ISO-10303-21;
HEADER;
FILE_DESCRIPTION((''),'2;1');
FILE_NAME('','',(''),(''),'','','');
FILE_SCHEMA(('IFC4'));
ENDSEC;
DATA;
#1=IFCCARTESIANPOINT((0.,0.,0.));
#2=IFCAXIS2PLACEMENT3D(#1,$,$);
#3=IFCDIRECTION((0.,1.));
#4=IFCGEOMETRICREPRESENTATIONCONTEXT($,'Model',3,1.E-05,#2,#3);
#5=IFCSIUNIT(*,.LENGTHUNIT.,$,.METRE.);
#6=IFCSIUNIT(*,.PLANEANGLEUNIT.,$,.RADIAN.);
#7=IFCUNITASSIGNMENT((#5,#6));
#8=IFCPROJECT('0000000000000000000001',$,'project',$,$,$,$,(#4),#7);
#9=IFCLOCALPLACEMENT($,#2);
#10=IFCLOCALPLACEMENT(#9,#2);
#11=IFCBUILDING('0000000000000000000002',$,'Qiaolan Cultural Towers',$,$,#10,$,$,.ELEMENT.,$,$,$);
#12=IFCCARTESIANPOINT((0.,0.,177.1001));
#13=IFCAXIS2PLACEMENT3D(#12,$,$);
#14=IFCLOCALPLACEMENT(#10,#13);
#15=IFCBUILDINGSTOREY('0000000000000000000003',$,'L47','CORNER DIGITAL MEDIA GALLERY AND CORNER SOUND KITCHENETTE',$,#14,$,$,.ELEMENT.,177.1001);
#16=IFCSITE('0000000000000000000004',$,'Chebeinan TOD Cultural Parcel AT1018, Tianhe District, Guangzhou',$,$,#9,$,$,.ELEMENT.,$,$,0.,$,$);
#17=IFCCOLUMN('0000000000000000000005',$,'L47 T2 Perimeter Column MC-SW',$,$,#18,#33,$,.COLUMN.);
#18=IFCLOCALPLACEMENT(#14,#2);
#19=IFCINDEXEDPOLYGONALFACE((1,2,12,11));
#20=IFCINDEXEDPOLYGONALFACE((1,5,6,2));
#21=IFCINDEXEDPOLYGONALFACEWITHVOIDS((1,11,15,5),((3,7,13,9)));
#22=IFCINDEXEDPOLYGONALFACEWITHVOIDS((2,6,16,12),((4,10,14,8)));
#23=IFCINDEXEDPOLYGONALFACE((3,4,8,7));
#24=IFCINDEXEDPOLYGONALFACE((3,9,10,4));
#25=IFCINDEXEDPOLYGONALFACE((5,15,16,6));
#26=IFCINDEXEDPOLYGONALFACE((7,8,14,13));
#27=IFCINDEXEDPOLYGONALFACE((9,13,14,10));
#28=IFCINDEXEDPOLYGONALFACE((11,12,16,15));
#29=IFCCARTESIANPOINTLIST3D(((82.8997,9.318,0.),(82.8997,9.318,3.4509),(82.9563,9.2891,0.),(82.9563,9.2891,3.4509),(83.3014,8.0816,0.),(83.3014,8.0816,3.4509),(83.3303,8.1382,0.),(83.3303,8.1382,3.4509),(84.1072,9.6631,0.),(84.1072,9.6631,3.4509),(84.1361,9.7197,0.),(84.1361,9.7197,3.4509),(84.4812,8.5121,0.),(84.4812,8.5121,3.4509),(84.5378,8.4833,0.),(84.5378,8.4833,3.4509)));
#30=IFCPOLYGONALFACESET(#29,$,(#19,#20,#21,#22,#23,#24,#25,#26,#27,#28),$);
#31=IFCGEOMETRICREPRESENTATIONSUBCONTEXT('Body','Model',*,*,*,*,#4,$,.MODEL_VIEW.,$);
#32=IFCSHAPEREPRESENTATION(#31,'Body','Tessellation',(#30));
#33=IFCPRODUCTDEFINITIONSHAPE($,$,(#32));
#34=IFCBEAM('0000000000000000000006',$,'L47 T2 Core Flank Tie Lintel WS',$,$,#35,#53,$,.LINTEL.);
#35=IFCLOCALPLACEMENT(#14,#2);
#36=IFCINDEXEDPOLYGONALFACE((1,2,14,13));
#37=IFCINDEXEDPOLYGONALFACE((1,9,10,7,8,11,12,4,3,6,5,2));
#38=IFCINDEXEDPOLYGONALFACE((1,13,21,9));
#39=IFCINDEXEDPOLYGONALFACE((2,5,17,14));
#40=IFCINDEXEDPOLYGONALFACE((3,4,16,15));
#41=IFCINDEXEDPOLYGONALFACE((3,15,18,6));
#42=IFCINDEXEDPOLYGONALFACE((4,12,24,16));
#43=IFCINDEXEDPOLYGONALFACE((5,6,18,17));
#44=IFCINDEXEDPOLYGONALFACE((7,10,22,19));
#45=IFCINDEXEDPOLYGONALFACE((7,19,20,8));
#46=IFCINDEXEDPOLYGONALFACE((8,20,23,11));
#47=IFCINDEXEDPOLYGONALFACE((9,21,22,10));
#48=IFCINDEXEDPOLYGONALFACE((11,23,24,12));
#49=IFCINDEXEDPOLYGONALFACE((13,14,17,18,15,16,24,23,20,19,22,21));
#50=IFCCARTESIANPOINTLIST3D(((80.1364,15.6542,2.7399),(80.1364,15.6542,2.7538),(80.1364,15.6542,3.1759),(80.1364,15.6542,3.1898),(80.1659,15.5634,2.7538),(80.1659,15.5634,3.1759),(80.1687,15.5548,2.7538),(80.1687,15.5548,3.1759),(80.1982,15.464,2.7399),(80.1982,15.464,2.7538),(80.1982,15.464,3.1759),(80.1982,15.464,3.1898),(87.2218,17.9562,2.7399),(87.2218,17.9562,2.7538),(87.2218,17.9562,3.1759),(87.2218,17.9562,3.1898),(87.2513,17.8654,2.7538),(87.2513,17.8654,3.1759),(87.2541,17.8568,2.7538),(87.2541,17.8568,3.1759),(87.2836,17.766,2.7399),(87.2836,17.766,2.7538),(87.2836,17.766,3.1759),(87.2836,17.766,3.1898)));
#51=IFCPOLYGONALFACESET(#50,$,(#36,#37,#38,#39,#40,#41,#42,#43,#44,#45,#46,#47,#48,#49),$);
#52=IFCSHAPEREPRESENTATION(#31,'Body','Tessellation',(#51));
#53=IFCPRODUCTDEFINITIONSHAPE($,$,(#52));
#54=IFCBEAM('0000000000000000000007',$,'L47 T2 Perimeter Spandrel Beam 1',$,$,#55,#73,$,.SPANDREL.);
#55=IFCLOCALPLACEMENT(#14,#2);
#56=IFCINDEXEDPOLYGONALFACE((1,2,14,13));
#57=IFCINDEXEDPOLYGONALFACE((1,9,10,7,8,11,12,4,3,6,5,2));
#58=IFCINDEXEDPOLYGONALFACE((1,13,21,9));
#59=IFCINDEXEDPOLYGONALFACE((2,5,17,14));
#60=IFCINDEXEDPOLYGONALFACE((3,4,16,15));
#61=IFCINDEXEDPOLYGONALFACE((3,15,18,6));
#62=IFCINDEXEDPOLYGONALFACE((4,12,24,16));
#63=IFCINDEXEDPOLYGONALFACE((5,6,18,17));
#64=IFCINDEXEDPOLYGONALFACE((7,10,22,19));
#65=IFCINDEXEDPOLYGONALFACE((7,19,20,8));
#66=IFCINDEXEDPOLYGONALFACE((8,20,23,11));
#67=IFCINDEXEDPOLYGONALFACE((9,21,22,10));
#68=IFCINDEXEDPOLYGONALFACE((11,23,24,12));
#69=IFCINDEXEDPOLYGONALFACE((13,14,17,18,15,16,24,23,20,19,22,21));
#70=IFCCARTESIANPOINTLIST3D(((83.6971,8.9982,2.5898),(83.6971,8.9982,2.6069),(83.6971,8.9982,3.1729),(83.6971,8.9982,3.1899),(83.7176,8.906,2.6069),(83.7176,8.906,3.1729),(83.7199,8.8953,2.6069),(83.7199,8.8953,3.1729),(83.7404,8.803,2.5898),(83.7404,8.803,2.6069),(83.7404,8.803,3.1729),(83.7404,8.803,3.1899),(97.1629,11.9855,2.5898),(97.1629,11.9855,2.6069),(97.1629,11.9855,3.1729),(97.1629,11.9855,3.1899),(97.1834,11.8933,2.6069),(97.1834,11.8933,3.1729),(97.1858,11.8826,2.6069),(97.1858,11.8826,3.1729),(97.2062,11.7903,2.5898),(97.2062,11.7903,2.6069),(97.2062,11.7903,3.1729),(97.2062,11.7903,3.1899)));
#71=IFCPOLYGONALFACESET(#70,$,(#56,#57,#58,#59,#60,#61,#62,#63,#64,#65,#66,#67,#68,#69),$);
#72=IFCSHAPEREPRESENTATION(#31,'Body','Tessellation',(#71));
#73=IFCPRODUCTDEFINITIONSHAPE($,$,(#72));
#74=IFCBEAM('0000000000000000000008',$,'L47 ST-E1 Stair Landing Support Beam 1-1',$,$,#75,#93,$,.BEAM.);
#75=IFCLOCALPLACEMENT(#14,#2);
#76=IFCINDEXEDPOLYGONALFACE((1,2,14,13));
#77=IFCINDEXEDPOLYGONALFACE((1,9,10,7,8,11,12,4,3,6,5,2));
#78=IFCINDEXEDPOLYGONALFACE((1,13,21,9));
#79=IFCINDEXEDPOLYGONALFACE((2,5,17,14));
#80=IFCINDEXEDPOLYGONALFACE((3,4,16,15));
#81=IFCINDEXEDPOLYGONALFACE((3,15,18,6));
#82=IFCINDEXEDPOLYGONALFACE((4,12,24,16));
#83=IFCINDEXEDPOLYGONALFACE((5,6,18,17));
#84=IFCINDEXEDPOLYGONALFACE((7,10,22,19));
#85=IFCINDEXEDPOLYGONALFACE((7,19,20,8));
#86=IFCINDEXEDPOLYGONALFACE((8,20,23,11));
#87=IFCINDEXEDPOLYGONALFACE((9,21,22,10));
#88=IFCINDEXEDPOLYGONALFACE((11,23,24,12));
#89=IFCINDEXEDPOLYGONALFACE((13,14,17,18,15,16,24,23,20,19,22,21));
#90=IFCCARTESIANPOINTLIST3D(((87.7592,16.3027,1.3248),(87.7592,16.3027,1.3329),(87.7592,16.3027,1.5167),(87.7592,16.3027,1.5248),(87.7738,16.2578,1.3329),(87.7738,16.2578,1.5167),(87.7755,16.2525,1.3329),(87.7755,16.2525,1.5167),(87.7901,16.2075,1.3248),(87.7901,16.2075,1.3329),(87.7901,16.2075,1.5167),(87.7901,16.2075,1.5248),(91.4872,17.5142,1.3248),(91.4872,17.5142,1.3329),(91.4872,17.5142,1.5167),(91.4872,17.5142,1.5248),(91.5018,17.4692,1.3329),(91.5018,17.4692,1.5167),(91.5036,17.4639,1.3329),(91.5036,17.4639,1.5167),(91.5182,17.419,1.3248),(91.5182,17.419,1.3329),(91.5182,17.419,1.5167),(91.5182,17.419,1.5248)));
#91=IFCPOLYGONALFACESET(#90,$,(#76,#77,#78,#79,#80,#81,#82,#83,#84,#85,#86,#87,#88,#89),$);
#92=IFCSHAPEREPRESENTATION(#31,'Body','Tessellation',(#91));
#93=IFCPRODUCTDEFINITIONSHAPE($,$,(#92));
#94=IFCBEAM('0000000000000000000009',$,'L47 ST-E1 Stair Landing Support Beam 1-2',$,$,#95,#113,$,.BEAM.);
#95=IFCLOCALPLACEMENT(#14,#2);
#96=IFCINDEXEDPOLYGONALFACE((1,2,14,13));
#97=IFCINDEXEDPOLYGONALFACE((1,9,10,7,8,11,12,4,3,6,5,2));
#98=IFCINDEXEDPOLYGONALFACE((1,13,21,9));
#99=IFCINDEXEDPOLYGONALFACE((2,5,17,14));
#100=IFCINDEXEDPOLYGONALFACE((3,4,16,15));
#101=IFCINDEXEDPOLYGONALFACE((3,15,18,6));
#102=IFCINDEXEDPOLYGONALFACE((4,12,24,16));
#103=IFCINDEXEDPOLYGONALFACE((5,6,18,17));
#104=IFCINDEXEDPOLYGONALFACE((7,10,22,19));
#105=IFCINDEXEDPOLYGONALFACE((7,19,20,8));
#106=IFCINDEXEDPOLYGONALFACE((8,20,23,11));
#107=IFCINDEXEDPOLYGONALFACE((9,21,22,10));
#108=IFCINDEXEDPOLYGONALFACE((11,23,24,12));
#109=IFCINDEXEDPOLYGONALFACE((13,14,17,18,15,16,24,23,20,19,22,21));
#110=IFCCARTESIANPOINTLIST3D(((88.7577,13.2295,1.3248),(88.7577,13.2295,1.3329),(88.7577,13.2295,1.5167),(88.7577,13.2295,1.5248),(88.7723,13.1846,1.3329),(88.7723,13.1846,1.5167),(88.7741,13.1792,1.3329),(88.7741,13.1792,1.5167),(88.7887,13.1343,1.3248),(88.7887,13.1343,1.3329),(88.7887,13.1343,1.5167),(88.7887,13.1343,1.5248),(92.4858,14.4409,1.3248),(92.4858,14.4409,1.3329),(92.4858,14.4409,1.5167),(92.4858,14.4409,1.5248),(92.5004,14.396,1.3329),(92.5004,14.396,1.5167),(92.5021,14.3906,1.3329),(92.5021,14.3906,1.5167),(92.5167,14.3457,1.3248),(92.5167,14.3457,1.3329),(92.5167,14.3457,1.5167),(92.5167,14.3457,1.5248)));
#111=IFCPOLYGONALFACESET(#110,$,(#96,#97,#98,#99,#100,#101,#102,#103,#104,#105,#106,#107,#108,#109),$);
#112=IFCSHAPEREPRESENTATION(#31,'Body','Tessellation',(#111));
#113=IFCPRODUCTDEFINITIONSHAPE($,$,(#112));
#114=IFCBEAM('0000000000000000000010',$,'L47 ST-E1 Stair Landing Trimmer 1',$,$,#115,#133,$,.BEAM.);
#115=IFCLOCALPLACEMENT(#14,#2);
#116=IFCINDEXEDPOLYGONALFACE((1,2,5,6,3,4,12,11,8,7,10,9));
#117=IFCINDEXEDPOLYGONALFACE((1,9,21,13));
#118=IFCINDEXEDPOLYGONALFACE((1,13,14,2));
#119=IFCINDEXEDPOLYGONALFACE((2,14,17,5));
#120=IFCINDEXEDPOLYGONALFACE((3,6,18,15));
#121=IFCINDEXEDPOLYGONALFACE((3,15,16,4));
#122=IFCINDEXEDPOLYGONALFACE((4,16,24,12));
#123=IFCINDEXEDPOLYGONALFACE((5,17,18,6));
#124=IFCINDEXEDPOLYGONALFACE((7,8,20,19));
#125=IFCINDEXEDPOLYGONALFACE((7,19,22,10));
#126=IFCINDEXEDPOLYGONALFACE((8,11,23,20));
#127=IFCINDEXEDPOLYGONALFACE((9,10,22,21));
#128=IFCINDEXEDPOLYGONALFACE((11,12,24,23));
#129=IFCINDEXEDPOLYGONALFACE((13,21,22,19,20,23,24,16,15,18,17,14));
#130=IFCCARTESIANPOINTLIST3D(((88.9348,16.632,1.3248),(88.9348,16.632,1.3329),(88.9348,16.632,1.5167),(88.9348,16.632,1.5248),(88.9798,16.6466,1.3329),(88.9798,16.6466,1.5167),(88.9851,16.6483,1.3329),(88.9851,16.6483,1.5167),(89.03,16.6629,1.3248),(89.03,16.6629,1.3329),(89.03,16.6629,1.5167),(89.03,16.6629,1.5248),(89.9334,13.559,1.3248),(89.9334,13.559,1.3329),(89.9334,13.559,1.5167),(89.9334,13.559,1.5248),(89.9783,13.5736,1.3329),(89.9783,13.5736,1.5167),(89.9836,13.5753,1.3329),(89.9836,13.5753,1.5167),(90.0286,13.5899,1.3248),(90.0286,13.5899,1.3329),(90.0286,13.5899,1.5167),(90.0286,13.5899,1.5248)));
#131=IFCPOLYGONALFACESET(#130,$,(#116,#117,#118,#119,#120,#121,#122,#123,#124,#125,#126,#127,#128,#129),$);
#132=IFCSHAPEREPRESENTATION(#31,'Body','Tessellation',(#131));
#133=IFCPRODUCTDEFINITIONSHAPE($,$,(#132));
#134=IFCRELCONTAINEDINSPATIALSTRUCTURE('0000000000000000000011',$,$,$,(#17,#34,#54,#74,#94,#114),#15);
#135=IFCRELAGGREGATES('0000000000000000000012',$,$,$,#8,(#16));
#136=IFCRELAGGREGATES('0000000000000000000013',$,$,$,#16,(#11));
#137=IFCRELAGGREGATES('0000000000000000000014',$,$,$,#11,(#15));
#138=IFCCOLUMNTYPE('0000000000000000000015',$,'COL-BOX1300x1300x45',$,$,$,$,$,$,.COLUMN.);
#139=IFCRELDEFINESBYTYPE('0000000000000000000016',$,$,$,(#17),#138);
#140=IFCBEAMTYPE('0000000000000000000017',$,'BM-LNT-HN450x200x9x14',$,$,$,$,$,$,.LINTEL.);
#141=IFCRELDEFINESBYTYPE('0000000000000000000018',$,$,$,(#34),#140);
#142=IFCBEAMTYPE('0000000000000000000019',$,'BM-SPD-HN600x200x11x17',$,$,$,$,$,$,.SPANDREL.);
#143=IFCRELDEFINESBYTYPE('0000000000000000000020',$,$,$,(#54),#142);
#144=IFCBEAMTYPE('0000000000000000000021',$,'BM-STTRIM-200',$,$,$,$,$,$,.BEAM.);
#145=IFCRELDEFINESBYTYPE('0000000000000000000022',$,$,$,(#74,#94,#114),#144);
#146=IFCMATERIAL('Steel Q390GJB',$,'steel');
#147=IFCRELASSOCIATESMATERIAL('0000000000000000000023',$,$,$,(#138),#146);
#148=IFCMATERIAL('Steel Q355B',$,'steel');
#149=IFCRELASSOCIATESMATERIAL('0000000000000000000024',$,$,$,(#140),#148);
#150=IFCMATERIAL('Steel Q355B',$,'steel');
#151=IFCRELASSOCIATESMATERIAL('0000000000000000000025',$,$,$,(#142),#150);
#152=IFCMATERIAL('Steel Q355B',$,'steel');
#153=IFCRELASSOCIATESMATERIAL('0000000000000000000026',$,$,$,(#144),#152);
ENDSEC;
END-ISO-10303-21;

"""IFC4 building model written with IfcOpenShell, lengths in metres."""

from ifc_helpers import new_model, si_unit, direction, frame, origin, origin_2d, place, context, subcontext, project, spatial, hollow_rectangle, i_section, extrude, material, material_profile, profile_set, type_object, element, save


model = new_model("IFC4")

# Units and contexts
model_context = context("Model", 3, precision=1e-05, world=origin(), true_north=direction((0.0, 1.0)))
body_context = subcontext(model_context, "Body", "Model", "MODEL_VIEW")
ifc_project = project(units=[si_unit("LENGTHUNIT", "METRE"), si_unit("PLANEANGLEUNIT", "RADIAN")], contexts=[model_context])

# Site, building, storey
site_placement = place(None, origin())
site = spatial("IfcSite", under=ifc_project, at=site_placement, Name="Chebeinan TOD Cultural Parcel AT1018, Tianhe District, Guangzhou", CompositionType="ELEMENT", RefElevation=0.0)
building_placement = place(site_placement, origin())
building = spatial("IfcBuilding", under=site, at=building_placement, Name="Qiaolan Cultural Towers", CompositionType="ELEMENT")
storey_placement = place(building_placement, frame((0.0, 0.0, 177.1001)))
storey = spatial("IfcBuildingStorey", under=building, at=storey_placement, Name="L47", Description="CORNER DIGITAL MEDIA GALLERY AND CORNER SOUND KITCHENETTE", CompositionType="ELEMENT", Elevation=177.1001)

# Column
ifc_material_1 = material(Name="Steel Q390GJB", Category="steel")
ifc_material_profile_1 = material_profile(ifc_material_1, hollow_rectangle(XDim=1.3, YDim=1.3, WallThickness=0.0449, at=origin_2d()), Name="BOX1300x1300x45")
ifc_profile_set_1 = profile_set([ifc_material_profile_1], Name="Steel Q390GJB")
column_type = type_object("IfcColumnType", Name="COL-BOX1300x1300x45", PredefinedType="COLUMN", material=ifc_profile_set_1)
column_placement = place(storey_placement, frame((83.7188, 8.9006, 0.0), z_axis=(0.0, 0.0, 1.0), x_axis=(0.951057, 0.309017, 0.0)))
element("IfcColumn", 1, at=column_placement, inside=storey, type_object=column_type, Name="L47 T2 Perimeter Column MC-SW", PredefinedType="COLUMN", context=body_context, shape_type="SweptSolid", body=[
    extrude(hollow_rectangle(XDim=1.3, YDim=1.3, WallThickness=0.0449, at=origin_2d()), origin(), (0.0, 0.0, 1.0), 3.4509),
])

# Beams
ifc_material_2 = material(Name="Steel Q355B", Category="steel")
ifc_material_profile_2 = material_profile(ifc_material_2, i_section(OverallWidth=0.2, OverallDepth=0.45, WebThickness=0.009, FlangeThickness=0.0139, at=origin_2d()), Name="HN450x200x9x14")
ifc_profile_set_2 = profile_set([ifc_material_profile_2], Name="Steel Q355B")
beam_type_1 = type_object("IfcBeamType", Name="BM-LNT-HN450x200x9x14", PredefinedType="LINTEL", material=ifc_profile_set_2)
beam_1_placement = place(storey_placement, frame((87.2527, 17.8611, 2.9648), z_axis=(-0.951064, -0.308993, 0.0), x_axis=(0.308993, -0.951064, 0.0)))
element("IfcBeam", 2, at=beam_1_placement, inside=storey, type_object=beam_type_1, Name="L47 T2 Core Flank Tie Lintel WS", PredefinedType="LINTEL", context=body_context, shape_type="SweptSolid", body=[
    extrude(i_section(OverallWidth=0.2, OverallDepth=0.45, WebThickness=0.009, FlangeThickness=0.0139, at=origin_2d()), origin(), (0.0, 0.0, 1.0), 7.45),
])
ifc_material_3 = material(Name="Steel Q355B", Category="steel")
ifc_material_profile_3 = material_profile(ifc_material_3, i_section(OverallWidth=0.2, OverallDepth=0.6001, WebThickness=0.011, FlangeThickness=0.0171, at=origin_2d()), Name="HN600x200x11x17")
ifc_profile_set_3 = profile_set([ifc_material_profile_3], Name="Steel Q355B")
beam_type_2 = type_object("IfcBeamType", Name="BM-SPD-HN600x200x11x17", PredefinedType="SPANDREL", material=ifc_profile_set_3)
beam_2_placement = place(storey_placement, frame((83.7188, 8.9006, 2.8899), z_axis=(0.976265, 0.216578, 0.0), x_axis=(-0.216578, 0.976265, 0.0)))
element("IfcBeam", 3, at=beam_2_placement, inside=storey, type_object=beam_type_2, Name="L47 T2 Perimeter Spandrel Beam 1", PredefinedType="SPANDREL", context=body_context, shape_type="SweptSolid", body=[
    extrude(i_section(OverallWidth=0.2, OverallDepth=0.6001, WebThickness=0.011, FlangeThickness=0.0171, at=origin_2d()), origin(), (0.0, 0.0, 1.0), 13.7932),
])
ifc_material_4 = material(Name="Steel Q355B", Category="steel")
ifc_material_profile_4 = material_profile(ifc_material_4, i_section(OverallWidth=0.1001, OverallDepth=0.2, WebThickness=0.0056, FlangeThickness=0.0081, at=origin_2d()), Name="HN200x100x5.5x8")
ifc_profile_set_4 = profile_set([ifc_material_profile_4], Name="Steel Q355B")
beam_type_3 = type_object("IfcBeamType", Name="BM-STTRIM-200", PredefinedType="BEAM", material=ifc_profile_set_4)
for number, where, z_axis, x_axis, name in (
    (4, (87.7747, 16.2551, 1.4248), (0.951048, 0.309044, 0.0), (-0.309044, 0.951048, 0.0), "L47 ST-E1 Stair Landing Support Beam 1-1"),
    (5, (88.7732, 13.1819, 1.4248), (0.951048, 0.309044, 0.0), (-0.309044, 0.951048, 0.0), "L47 ST-E1 Stair Landing Support Beam 1-2"),
):
    element("IfcBeam", number, at=place(storey_placement, frame(where, z_axis=z_axis, x_axis=x_axis)), inside=storey, type_object=beam_type_3, Name=name, PredefinedType="BEAM", context=body_context, shape_type="SweptSolid", body=[
        extrude(i_section(OverallWidth=0.1001, OverallDepth=0.2, WebThickness=0.0056, FlangeThickness=0.0081, at=origin_2d()), origin(), (0.0, 0.0, 1.0), 3.9199),
    ])
beam_3_placement = place(storey_placement, frame((88.9824, 16.6475, 1.4248), z_axis=(0.309033, -0.951051, 0.0), x_axis=(0.951051, 0.309033, 0.0)))
element("IfcBeam", 6, at=beam_3_placement, inside=storey, type_object=beam_type_3, Name="L47 ST-E1 Stair Landing Trimmer 1", PredefinedType="BEAM", context=body_context, shape_type="SweptSolid", body=[
    extrude(i_section(OverallWidth=0.1001, OverallDepth=0.2, WebThickness=0.0056, FlangeThickness=0.0081, at=origin_2d()), origin(), (0.0, 0.0, 1.0), 3.2312),
])

save(model, "model.ifc")
